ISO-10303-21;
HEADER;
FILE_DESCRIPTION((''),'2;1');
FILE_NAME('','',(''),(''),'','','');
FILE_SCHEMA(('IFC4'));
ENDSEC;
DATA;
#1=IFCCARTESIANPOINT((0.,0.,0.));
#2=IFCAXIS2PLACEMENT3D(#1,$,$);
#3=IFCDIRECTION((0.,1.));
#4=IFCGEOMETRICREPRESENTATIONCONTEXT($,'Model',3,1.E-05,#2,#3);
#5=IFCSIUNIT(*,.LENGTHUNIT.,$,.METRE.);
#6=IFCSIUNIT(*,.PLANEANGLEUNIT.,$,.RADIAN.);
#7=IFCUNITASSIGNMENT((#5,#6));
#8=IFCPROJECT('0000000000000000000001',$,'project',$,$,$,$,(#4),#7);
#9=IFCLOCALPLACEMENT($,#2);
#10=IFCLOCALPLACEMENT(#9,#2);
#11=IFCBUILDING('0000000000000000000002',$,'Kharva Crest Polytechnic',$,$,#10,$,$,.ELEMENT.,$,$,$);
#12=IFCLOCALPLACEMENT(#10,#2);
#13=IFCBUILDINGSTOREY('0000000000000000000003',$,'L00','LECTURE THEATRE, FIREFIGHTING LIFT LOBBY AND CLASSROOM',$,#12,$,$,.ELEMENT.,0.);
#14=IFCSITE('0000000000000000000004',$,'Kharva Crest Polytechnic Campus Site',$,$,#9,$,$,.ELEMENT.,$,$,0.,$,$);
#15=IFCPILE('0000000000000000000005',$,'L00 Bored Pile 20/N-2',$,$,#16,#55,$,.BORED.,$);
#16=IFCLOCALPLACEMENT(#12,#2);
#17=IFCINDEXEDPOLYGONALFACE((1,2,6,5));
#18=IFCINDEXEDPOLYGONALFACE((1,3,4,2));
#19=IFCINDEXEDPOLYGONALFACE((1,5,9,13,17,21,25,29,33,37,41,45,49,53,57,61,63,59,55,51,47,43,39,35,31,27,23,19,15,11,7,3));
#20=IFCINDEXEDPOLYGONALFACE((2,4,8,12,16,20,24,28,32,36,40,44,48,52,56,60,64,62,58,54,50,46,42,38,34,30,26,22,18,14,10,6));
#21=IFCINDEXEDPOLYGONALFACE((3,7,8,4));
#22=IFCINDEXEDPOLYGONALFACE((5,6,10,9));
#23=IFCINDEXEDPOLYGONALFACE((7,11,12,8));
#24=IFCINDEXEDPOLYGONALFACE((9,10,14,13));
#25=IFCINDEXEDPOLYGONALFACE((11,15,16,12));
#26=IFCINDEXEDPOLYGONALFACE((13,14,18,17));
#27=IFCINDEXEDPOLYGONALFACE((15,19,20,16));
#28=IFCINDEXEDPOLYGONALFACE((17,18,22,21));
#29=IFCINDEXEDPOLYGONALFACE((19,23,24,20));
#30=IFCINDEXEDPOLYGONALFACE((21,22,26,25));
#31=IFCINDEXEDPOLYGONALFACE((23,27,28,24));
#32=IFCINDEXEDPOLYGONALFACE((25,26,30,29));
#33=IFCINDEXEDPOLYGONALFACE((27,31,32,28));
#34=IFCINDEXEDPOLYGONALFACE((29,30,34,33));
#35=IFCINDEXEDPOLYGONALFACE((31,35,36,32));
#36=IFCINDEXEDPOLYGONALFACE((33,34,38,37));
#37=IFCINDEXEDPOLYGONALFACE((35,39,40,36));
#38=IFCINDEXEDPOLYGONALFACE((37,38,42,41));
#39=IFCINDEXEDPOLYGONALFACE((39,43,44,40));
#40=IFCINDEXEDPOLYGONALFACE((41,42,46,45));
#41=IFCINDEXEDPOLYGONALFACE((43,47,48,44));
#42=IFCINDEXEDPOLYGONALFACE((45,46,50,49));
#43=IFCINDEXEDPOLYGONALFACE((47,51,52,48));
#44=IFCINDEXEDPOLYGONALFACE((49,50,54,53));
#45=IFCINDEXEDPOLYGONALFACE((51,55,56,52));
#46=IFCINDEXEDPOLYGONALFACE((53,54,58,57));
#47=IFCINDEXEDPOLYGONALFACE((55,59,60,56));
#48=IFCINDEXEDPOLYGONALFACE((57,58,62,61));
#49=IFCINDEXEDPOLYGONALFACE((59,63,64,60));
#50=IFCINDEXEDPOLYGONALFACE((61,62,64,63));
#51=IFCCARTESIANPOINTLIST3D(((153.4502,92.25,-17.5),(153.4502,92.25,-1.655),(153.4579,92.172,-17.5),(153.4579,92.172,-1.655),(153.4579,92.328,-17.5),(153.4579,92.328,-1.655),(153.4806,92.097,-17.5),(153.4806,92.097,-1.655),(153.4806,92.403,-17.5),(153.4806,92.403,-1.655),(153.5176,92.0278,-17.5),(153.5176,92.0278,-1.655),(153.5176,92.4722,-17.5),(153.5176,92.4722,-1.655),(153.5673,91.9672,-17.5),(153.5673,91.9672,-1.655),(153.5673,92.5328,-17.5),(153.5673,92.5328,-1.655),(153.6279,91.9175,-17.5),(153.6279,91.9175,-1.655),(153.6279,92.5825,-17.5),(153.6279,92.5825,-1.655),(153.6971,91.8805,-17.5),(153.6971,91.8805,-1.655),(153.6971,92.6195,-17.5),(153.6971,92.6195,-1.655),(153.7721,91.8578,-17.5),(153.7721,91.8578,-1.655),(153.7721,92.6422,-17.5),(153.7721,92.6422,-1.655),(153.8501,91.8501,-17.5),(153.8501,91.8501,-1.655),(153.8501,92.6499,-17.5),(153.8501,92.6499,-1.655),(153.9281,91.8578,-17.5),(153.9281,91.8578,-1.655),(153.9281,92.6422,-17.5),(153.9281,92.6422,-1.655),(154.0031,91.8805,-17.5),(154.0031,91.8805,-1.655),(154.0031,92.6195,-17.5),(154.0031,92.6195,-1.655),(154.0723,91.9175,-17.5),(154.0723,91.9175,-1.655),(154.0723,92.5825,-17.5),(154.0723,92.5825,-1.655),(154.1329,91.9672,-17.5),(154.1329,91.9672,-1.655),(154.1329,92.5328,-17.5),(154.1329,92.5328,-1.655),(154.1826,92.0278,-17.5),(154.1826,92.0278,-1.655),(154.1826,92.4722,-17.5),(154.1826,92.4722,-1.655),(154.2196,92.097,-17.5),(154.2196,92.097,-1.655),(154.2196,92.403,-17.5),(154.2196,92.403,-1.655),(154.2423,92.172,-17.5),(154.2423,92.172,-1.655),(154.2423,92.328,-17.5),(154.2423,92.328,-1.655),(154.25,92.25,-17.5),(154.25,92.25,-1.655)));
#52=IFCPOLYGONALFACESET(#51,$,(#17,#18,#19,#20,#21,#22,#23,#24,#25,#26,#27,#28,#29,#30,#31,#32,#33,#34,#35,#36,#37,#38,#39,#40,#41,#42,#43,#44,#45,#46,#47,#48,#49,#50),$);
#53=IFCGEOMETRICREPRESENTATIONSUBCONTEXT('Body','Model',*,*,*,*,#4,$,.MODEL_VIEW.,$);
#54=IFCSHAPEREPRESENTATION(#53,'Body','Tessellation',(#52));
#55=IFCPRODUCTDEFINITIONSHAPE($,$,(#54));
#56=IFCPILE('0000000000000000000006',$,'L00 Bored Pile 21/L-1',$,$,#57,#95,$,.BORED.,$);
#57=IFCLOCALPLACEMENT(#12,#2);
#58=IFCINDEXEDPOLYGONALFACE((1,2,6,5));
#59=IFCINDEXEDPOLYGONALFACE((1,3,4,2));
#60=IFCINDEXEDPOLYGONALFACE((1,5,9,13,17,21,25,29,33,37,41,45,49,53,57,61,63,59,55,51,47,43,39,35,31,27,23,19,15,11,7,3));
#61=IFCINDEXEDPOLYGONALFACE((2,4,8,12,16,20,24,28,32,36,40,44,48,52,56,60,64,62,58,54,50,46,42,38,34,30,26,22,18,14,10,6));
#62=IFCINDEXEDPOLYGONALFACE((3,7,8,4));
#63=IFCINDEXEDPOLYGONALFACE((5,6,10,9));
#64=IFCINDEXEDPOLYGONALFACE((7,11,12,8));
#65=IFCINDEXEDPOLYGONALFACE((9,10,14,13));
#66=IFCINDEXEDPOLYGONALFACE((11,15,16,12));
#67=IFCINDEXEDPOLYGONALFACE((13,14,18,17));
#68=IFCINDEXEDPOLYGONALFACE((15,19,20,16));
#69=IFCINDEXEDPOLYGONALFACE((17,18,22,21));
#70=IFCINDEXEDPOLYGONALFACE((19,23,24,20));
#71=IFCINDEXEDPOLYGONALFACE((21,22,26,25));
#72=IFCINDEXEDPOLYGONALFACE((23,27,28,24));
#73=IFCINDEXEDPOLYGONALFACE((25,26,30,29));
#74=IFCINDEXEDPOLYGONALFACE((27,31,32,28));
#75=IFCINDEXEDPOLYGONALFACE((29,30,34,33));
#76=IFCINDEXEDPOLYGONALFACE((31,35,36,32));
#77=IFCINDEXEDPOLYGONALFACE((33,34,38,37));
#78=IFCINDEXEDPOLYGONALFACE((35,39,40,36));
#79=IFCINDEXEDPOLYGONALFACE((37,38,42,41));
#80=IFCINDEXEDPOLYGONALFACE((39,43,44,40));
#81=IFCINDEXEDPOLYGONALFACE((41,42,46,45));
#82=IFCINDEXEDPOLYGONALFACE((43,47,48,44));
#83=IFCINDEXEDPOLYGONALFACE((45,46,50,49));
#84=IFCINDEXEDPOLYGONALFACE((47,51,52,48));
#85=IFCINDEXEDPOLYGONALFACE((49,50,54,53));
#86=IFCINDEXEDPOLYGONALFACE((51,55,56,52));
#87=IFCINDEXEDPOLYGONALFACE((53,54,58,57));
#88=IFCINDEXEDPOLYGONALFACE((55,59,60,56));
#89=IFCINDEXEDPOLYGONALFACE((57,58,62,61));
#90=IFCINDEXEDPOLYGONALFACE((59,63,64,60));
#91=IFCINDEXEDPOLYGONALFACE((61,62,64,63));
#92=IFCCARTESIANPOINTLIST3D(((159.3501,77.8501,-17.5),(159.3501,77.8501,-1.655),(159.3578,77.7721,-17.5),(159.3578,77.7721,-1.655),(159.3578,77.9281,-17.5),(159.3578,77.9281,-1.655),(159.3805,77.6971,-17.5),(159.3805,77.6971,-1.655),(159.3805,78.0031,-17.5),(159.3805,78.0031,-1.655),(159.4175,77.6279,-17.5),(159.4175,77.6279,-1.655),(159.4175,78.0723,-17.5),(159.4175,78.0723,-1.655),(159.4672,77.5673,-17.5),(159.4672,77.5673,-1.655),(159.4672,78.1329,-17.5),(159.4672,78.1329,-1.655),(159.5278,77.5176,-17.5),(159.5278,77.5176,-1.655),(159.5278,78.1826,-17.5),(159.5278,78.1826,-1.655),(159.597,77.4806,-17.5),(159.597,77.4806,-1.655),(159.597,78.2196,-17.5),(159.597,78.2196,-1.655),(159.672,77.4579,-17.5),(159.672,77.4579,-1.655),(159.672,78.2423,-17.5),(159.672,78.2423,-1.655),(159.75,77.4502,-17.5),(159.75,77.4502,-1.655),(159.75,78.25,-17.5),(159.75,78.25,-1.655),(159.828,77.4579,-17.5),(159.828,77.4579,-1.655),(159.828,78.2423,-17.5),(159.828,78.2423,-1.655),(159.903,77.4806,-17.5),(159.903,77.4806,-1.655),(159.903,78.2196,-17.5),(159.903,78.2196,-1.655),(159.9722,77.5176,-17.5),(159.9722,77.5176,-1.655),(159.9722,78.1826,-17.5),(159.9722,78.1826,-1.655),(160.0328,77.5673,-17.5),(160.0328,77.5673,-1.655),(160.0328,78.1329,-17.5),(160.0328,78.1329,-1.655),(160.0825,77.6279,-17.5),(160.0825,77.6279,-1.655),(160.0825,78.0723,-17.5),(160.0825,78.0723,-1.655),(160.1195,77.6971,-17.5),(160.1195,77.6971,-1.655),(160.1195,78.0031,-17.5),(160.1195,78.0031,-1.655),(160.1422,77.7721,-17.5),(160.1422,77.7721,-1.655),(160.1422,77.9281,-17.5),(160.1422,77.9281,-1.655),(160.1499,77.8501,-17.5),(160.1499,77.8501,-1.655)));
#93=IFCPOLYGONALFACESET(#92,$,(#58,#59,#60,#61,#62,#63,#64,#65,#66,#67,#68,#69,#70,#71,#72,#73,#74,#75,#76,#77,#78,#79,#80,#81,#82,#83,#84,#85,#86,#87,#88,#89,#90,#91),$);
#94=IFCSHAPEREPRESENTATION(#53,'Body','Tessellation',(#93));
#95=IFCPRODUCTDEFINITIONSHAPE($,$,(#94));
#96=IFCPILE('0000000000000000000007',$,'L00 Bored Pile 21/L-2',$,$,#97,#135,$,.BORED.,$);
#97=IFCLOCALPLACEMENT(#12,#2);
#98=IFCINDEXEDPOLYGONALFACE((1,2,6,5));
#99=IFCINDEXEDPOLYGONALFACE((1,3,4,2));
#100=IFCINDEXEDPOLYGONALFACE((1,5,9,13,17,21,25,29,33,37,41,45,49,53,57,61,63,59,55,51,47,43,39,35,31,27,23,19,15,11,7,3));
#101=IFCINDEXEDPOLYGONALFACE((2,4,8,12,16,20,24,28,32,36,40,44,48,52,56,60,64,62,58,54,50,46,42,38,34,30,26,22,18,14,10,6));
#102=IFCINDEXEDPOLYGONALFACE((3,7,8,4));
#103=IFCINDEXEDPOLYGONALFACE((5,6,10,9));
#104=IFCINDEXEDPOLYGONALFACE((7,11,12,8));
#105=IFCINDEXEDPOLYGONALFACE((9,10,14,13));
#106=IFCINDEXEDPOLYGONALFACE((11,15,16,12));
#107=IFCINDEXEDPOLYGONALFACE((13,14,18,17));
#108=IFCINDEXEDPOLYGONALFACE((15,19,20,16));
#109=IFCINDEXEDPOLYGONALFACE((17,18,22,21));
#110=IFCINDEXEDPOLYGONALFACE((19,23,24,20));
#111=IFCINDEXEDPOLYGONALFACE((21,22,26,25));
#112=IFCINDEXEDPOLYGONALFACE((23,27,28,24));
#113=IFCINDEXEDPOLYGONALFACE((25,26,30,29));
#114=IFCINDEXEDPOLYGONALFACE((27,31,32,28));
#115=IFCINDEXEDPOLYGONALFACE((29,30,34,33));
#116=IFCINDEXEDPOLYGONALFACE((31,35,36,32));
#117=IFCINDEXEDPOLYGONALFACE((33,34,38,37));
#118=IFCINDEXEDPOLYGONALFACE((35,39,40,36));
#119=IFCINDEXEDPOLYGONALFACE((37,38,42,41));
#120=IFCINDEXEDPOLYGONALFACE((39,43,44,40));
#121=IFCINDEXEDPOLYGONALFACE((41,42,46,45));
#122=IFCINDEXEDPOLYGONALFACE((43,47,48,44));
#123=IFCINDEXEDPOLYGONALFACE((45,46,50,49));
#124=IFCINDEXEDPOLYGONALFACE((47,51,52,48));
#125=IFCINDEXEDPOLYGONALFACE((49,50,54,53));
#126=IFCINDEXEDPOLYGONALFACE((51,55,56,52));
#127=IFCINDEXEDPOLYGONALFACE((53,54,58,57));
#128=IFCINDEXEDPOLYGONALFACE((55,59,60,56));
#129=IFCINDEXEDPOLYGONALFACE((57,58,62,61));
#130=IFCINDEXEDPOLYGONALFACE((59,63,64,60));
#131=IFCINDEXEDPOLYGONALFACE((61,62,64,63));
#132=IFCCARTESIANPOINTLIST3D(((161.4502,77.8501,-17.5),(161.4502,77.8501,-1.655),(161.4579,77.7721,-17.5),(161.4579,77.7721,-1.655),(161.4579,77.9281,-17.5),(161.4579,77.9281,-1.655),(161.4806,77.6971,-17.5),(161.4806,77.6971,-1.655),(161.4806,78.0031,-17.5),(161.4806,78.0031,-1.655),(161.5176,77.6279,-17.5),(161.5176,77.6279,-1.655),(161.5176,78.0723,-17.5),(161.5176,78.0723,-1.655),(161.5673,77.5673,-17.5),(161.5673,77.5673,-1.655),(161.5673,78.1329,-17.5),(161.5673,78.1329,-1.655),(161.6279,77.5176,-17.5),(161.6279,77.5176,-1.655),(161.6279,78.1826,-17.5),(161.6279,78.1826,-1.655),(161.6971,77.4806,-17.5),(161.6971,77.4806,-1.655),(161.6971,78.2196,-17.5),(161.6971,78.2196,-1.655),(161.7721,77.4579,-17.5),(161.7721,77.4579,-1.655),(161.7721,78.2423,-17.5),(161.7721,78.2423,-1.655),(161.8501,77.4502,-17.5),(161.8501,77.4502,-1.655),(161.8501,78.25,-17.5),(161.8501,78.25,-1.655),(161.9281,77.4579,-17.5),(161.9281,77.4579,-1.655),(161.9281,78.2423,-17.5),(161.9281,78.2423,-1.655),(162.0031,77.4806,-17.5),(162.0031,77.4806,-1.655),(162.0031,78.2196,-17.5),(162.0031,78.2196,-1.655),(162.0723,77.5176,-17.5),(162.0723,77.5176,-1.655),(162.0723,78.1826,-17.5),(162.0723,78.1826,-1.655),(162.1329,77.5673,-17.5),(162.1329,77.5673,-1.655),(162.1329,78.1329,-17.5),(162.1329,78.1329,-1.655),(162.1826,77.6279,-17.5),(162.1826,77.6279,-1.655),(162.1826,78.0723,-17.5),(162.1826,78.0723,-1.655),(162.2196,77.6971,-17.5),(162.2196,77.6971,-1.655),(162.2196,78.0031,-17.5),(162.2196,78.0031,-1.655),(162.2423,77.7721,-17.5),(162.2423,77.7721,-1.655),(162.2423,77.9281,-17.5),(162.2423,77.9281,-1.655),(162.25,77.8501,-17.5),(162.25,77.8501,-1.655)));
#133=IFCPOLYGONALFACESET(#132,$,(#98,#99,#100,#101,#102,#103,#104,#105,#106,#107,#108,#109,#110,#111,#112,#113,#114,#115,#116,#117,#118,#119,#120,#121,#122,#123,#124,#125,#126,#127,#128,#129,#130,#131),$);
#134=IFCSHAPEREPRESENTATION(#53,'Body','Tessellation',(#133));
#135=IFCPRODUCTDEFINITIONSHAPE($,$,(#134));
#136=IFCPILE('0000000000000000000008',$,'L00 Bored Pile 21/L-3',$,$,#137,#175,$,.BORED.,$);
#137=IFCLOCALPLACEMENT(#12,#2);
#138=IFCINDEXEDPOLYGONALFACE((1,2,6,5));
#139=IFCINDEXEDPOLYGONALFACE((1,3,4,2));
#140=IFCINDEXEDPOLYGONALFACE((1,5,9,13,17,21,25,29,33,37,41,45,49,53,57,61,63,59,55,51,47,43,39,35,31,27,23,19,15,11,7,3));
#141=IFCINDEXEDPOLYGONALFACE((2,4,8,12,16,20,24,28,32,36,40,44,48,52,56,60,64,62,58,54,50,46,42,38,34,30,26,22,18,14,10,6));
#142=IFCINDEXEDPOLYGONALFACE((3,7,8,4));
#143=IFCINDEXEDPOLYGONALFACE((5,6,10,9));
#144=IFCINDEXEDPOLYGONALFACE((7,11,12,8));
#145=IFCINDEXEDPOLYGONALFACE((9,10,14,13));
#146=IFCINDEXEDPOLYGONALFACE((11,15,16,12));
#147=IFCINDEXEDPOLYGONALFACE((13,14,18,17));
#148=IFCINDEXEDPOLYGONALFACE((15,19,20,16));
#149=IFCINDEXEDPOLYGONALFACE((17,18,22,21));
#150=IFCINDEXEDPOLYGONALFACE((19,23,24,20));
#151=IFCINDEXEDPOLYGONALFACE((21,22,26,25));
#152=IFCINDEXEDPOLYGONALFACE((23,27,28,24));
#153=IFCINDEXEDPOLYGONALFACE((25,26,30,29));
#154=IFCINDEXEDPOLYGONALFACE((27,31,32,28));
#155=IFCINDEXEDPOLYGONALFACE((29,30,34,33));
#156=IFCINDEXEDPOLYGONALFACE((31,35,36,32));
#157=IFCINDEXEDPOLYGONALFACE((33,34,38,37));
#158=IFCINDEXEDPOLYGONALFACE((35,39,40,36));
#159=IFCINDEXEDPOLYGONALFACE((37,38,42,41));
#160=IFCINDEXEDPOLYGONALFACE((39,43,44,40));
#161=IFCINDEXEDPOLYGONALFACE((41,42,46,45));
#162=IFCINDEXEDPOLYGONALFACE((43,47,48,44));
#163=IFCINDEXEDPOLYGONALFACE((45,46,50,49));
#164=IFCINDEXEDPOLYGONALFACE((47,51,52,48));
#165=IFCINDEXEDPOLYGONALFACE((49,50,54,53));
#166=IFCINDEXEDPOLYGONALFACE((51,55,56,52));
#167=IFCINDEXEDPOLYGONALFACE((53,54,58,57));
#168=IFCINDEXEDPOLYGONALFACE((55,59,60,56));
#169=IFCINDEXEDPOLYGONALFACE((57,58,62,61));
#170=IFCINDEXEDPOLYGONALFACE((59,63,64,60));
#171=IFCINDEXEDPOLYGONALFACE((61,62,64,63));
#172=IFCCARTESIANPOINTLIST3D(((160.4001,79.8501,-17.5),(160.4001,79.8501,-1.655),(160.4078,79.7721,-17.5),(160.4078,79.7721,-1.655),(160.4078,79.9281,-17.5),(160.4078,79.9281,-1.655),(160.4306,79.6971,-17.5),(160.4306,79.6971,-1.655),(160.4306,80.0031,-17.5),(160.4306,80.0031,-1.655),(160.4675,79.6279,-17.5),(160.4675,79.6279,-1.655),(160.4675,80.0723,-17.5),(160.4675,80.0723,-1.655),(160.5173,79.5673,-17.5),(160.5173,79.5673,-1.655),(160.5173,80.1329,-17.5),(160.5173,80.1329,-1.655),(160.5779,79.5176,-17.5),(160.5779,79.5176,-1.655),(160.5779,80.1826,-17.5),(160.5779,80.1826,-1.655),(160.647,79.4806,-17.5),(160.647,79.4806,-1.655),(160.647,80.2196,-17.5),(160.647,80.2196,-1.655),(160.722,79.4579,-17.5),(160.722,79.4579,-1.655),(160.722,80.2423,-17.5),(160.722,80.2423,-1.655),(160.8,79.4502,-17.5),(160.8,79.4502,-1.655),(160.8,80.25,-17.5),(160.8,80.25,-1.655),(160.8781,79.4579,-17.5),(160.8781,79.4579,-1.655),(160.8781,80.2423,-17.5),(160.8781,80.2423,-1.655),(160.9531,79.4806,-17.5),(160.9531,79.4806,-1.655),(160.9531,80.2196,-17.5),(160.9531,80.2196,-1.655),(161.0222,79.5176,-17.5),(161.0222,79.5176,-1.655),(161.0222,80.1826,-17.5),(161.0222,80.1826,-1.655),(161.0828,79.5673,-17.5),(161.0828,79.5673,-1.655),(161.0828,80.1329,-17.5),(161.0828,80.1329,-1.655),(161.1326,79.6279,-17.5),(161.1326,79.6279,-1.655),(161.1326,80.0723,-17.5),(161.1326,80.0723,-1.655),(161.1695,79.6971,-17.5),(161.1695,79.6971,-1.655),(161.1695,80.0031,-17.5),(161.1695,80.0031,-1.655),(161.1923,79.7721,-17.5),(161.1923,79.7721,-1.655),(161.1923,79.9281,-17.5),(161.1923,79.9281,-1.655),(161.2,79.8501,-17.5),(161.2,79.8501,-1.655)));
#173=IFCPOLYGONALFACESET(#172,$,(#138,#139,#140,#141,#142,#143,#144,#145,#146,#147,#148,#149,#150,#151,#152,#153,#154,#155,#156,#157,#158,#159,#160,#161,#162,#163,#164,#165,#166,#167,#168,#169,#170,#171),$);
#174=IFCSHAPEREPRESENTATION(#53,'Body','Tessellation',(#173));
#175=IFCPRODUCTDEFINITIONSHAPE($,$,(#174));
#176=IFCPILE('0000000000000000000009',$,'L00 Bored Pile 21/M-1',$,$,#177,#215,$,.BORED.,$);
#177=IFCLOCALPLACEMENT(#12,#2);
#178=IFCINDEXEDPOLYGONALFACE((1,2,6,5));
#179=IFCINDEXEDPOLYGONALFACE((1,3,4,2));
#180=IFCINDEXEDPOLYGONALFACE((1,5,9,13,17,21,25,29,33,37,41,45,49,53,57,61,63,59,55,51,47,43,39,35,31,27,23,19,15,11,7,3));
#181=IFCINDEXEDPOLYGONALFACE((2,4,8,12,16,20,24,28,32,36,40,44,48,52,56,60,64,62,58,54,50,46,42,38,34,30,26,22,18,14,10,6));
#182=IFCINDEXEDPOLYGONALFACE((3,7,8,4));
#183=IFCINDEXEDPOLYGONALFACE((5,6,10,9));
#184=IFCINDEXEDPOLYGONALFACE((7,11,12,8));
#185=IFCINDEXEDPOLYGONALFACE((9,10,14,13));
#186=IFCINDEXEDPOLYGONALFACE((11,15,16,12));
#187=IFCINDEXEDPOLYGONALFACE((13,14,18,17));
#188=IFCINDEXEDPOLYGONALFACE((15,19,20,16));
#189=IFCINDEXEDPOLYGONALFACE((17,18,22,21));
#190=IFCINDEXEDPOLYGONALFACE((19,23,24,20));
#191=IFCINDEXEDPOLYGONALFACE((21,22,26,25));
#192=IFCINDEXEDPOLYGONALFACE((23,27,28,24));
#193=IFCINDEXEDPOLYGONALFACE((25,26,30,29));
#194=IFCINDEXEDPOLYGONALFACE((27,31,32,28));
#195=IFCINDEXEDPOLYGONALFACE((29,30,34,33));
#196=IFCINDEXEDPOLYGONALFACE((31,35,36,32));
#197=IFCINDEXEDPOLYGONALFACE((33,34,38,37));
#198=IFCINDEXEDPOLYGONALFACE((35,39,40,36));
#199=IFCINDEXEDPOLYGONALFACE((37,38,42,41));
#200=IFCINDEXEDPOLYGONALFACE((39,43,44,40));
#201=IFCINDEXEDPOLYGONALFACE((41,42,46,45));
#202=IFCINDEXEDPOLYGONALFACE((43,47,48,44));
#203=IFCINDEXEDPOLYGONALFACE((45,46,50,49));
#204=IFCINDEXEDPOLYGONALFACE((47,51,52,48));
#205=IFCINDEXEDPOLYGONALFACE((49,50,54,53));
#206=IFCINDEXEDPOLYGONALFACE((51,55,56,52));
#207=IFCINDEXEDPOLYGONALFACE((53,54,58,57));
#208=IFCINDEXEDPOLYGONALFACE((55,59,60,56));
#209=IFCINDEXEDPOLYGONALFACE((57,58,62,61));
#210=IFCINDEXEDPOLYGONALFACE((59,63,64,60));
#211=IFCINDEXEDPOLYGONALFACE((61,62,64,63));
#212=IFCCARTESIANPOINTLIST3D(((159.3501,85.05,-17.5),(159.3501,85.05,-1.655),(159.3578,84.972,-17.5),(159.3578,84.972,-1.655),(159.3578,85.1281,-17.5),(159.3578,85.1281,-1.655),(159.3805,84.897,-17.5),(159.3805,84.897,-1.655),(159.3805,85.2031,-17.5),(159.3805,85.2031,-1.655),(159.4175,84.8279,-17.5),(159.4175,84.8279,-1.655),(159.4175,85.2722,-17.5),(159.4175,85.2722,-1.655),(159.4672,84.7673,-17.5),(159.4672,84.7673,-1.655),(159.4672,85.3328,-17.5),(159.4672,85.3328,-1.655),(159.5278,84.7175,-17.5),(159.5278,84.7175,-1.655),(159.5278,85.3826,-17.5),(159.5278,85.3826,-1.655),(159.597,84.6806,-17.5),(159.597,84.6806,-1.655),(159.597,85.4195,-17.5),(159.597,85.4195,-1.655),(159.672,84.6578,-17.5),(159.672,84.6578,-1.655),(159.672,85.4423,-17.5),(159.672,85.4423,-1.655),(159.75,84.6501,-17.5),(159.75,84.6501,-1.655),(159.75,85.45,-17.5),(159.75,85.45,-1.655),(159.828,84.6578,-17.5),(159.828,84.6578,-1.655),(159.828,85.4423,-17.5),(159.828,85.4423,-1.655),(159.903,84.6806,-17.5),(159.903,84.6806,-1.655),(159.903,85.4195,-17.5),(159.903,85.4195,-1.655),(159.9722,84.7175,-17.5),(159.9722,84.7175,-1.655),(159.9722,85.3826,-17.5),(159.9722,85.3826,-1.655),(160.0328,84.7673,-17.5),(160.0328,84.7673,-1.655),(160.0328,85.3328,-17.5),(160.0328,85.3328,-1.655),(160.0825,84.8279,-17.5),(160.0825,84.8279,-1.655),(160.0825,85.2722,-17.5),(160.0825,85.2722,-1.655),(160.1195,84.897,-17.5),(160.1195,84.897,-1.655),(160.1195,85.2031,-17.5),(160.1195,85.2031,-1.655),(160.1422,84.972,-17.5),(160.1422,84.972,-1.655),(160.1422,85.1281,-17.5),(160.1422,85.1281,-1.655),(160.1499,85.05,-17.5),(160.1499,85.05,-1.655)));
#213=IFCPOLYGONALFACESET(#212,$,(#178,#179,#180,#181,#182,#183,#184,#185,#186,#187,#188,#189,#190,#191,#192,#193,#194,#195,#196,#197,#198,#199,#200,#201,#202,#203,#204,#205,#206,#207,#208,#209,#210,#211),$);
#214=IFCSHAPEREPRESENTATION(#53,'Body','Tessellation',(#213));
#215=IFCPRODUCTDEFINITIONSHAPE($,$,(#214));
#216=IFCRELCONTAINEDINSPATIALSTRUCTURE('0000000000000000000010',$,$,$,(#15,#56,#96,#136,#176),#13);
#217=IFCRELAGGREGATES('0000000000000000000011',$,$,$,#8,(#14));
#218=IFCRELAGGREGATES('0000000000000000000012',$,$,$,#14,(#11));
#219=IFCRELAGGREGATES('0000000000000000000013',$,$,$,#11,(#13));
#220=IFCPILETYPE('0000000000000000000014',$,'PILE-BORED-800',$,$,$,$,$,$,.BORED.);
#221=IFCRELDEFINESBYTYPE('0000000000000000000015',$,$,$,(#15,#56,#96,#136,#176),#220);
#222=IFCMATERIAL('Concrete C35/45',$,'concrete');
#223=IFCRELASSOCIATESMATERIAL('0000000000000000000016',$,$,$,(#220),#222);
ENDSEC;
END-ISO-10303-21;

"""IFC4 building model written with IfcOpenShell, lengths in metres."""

from ifc_helpers import new_model, si_unit, direction, frame, origin, origin_2d, place, context, subcontext, project, spatial, circle, extrude, material, material_profile, profile_set, type_object, element, save


model = new_model("IFC4")

# Units and contexts
model_context = context("Model", 3, precision=1e-05, world=origin(), true_north=direction((0.0, 1.0)))
body_context = subcontext(model_context, "Body", "Model", "MODEL_VIEW")
ifc_project = project(units=[si_unit("LENGTHUNIT", "METRE"), si_unit("PLANEANGLEUNIT", "RADIAN")], contexts=[model_context])

# Site, building, storey
site_placement = place(None, origin())
site = spatial("IfcSite", under=ifc_project, at=site_placement, Name="Kharva Crest Polytechnic Campus Site", CompositionType="ELEMENT", RefElevation=0.0)
building_placement = place(site_placement, origin())
building = spatial("IfcBuilding", under=site, at=building_placement, Name="Kharva Crest Polytechnic", CompositionType="ELEMENT")
storey_placement = place(building_placement, origin())
storey = spatial("IfcBuildingStorey", under=building, at=storey_placement, Name="L00", Description="LECTURE THEATRE, FIREFIGHTING LIFT LOBBY AND CLASSROOM", CompositionType="ELEMENT", Elevation=0.0)

# Shared definitions
ifc_material_1 = material(Name="Concrete C35/45", Category="concrete")

# Piles
ifc_material_profile_1 = material_profile(ifc_material_1, circle(Radius=0.3999, at=origin_2d()), Name="DIA 800")
ifc_profile_set_1 = profile_set([ifc_material_profile_1], Name="Concrete C35/45")
pile_type = type_object("IfcPileType", Name="PILE-BORED-800", PredefinedType="BORED", material=ifc_profile_set_1)
for number, where, z_axis, x_axis, name in (
    (1, (153.8501, 92.25, -1.655), (0.0, 0.0, -1.0), (1.0, 0.0, 0.0), "L00 Bored Pile 20/N-2"),
    (2, (159.75, 77.8501, -1.655), (0.0, 0.0, -1.0), (1.0, 0.0, 0.0), "L00 Bored Pile 21/L-1"),
    (3, (161.8501, 77.8501, -1.655), (0.0, 0.0, -1.0), (1.0, 0.0, 0.0), "L00 Bored Pile 21/L-2"),
    (4, (160.8, 79.8501, -1.655), (0.0, 0.0, -1.0), (1.0, 0.0, 0.0), "L00 Bored Pile 21/L-3"),
    (5, (159.75, 85.05, -1.655), (0.0, 0.0, -1.0), (1.0, 0.0, 0.0), "L00 Bored Pile 21/M-1"),
):
    element("IfcPile", number, at=place(storey_placement, frame(where, z_axis=z_axis, x_axis=x_axis)), inside=storey, type_object=pile_type, Name=name, PredefinedType="BORED", context=body_context, shape_type="SweptSolid", body=[
        extrude(circle(Radius=0.3999, at=origin_2d()), origin(), (0.0, 0.0, 1.0), 15.845),
    ])

save(model, "model.ifc")
